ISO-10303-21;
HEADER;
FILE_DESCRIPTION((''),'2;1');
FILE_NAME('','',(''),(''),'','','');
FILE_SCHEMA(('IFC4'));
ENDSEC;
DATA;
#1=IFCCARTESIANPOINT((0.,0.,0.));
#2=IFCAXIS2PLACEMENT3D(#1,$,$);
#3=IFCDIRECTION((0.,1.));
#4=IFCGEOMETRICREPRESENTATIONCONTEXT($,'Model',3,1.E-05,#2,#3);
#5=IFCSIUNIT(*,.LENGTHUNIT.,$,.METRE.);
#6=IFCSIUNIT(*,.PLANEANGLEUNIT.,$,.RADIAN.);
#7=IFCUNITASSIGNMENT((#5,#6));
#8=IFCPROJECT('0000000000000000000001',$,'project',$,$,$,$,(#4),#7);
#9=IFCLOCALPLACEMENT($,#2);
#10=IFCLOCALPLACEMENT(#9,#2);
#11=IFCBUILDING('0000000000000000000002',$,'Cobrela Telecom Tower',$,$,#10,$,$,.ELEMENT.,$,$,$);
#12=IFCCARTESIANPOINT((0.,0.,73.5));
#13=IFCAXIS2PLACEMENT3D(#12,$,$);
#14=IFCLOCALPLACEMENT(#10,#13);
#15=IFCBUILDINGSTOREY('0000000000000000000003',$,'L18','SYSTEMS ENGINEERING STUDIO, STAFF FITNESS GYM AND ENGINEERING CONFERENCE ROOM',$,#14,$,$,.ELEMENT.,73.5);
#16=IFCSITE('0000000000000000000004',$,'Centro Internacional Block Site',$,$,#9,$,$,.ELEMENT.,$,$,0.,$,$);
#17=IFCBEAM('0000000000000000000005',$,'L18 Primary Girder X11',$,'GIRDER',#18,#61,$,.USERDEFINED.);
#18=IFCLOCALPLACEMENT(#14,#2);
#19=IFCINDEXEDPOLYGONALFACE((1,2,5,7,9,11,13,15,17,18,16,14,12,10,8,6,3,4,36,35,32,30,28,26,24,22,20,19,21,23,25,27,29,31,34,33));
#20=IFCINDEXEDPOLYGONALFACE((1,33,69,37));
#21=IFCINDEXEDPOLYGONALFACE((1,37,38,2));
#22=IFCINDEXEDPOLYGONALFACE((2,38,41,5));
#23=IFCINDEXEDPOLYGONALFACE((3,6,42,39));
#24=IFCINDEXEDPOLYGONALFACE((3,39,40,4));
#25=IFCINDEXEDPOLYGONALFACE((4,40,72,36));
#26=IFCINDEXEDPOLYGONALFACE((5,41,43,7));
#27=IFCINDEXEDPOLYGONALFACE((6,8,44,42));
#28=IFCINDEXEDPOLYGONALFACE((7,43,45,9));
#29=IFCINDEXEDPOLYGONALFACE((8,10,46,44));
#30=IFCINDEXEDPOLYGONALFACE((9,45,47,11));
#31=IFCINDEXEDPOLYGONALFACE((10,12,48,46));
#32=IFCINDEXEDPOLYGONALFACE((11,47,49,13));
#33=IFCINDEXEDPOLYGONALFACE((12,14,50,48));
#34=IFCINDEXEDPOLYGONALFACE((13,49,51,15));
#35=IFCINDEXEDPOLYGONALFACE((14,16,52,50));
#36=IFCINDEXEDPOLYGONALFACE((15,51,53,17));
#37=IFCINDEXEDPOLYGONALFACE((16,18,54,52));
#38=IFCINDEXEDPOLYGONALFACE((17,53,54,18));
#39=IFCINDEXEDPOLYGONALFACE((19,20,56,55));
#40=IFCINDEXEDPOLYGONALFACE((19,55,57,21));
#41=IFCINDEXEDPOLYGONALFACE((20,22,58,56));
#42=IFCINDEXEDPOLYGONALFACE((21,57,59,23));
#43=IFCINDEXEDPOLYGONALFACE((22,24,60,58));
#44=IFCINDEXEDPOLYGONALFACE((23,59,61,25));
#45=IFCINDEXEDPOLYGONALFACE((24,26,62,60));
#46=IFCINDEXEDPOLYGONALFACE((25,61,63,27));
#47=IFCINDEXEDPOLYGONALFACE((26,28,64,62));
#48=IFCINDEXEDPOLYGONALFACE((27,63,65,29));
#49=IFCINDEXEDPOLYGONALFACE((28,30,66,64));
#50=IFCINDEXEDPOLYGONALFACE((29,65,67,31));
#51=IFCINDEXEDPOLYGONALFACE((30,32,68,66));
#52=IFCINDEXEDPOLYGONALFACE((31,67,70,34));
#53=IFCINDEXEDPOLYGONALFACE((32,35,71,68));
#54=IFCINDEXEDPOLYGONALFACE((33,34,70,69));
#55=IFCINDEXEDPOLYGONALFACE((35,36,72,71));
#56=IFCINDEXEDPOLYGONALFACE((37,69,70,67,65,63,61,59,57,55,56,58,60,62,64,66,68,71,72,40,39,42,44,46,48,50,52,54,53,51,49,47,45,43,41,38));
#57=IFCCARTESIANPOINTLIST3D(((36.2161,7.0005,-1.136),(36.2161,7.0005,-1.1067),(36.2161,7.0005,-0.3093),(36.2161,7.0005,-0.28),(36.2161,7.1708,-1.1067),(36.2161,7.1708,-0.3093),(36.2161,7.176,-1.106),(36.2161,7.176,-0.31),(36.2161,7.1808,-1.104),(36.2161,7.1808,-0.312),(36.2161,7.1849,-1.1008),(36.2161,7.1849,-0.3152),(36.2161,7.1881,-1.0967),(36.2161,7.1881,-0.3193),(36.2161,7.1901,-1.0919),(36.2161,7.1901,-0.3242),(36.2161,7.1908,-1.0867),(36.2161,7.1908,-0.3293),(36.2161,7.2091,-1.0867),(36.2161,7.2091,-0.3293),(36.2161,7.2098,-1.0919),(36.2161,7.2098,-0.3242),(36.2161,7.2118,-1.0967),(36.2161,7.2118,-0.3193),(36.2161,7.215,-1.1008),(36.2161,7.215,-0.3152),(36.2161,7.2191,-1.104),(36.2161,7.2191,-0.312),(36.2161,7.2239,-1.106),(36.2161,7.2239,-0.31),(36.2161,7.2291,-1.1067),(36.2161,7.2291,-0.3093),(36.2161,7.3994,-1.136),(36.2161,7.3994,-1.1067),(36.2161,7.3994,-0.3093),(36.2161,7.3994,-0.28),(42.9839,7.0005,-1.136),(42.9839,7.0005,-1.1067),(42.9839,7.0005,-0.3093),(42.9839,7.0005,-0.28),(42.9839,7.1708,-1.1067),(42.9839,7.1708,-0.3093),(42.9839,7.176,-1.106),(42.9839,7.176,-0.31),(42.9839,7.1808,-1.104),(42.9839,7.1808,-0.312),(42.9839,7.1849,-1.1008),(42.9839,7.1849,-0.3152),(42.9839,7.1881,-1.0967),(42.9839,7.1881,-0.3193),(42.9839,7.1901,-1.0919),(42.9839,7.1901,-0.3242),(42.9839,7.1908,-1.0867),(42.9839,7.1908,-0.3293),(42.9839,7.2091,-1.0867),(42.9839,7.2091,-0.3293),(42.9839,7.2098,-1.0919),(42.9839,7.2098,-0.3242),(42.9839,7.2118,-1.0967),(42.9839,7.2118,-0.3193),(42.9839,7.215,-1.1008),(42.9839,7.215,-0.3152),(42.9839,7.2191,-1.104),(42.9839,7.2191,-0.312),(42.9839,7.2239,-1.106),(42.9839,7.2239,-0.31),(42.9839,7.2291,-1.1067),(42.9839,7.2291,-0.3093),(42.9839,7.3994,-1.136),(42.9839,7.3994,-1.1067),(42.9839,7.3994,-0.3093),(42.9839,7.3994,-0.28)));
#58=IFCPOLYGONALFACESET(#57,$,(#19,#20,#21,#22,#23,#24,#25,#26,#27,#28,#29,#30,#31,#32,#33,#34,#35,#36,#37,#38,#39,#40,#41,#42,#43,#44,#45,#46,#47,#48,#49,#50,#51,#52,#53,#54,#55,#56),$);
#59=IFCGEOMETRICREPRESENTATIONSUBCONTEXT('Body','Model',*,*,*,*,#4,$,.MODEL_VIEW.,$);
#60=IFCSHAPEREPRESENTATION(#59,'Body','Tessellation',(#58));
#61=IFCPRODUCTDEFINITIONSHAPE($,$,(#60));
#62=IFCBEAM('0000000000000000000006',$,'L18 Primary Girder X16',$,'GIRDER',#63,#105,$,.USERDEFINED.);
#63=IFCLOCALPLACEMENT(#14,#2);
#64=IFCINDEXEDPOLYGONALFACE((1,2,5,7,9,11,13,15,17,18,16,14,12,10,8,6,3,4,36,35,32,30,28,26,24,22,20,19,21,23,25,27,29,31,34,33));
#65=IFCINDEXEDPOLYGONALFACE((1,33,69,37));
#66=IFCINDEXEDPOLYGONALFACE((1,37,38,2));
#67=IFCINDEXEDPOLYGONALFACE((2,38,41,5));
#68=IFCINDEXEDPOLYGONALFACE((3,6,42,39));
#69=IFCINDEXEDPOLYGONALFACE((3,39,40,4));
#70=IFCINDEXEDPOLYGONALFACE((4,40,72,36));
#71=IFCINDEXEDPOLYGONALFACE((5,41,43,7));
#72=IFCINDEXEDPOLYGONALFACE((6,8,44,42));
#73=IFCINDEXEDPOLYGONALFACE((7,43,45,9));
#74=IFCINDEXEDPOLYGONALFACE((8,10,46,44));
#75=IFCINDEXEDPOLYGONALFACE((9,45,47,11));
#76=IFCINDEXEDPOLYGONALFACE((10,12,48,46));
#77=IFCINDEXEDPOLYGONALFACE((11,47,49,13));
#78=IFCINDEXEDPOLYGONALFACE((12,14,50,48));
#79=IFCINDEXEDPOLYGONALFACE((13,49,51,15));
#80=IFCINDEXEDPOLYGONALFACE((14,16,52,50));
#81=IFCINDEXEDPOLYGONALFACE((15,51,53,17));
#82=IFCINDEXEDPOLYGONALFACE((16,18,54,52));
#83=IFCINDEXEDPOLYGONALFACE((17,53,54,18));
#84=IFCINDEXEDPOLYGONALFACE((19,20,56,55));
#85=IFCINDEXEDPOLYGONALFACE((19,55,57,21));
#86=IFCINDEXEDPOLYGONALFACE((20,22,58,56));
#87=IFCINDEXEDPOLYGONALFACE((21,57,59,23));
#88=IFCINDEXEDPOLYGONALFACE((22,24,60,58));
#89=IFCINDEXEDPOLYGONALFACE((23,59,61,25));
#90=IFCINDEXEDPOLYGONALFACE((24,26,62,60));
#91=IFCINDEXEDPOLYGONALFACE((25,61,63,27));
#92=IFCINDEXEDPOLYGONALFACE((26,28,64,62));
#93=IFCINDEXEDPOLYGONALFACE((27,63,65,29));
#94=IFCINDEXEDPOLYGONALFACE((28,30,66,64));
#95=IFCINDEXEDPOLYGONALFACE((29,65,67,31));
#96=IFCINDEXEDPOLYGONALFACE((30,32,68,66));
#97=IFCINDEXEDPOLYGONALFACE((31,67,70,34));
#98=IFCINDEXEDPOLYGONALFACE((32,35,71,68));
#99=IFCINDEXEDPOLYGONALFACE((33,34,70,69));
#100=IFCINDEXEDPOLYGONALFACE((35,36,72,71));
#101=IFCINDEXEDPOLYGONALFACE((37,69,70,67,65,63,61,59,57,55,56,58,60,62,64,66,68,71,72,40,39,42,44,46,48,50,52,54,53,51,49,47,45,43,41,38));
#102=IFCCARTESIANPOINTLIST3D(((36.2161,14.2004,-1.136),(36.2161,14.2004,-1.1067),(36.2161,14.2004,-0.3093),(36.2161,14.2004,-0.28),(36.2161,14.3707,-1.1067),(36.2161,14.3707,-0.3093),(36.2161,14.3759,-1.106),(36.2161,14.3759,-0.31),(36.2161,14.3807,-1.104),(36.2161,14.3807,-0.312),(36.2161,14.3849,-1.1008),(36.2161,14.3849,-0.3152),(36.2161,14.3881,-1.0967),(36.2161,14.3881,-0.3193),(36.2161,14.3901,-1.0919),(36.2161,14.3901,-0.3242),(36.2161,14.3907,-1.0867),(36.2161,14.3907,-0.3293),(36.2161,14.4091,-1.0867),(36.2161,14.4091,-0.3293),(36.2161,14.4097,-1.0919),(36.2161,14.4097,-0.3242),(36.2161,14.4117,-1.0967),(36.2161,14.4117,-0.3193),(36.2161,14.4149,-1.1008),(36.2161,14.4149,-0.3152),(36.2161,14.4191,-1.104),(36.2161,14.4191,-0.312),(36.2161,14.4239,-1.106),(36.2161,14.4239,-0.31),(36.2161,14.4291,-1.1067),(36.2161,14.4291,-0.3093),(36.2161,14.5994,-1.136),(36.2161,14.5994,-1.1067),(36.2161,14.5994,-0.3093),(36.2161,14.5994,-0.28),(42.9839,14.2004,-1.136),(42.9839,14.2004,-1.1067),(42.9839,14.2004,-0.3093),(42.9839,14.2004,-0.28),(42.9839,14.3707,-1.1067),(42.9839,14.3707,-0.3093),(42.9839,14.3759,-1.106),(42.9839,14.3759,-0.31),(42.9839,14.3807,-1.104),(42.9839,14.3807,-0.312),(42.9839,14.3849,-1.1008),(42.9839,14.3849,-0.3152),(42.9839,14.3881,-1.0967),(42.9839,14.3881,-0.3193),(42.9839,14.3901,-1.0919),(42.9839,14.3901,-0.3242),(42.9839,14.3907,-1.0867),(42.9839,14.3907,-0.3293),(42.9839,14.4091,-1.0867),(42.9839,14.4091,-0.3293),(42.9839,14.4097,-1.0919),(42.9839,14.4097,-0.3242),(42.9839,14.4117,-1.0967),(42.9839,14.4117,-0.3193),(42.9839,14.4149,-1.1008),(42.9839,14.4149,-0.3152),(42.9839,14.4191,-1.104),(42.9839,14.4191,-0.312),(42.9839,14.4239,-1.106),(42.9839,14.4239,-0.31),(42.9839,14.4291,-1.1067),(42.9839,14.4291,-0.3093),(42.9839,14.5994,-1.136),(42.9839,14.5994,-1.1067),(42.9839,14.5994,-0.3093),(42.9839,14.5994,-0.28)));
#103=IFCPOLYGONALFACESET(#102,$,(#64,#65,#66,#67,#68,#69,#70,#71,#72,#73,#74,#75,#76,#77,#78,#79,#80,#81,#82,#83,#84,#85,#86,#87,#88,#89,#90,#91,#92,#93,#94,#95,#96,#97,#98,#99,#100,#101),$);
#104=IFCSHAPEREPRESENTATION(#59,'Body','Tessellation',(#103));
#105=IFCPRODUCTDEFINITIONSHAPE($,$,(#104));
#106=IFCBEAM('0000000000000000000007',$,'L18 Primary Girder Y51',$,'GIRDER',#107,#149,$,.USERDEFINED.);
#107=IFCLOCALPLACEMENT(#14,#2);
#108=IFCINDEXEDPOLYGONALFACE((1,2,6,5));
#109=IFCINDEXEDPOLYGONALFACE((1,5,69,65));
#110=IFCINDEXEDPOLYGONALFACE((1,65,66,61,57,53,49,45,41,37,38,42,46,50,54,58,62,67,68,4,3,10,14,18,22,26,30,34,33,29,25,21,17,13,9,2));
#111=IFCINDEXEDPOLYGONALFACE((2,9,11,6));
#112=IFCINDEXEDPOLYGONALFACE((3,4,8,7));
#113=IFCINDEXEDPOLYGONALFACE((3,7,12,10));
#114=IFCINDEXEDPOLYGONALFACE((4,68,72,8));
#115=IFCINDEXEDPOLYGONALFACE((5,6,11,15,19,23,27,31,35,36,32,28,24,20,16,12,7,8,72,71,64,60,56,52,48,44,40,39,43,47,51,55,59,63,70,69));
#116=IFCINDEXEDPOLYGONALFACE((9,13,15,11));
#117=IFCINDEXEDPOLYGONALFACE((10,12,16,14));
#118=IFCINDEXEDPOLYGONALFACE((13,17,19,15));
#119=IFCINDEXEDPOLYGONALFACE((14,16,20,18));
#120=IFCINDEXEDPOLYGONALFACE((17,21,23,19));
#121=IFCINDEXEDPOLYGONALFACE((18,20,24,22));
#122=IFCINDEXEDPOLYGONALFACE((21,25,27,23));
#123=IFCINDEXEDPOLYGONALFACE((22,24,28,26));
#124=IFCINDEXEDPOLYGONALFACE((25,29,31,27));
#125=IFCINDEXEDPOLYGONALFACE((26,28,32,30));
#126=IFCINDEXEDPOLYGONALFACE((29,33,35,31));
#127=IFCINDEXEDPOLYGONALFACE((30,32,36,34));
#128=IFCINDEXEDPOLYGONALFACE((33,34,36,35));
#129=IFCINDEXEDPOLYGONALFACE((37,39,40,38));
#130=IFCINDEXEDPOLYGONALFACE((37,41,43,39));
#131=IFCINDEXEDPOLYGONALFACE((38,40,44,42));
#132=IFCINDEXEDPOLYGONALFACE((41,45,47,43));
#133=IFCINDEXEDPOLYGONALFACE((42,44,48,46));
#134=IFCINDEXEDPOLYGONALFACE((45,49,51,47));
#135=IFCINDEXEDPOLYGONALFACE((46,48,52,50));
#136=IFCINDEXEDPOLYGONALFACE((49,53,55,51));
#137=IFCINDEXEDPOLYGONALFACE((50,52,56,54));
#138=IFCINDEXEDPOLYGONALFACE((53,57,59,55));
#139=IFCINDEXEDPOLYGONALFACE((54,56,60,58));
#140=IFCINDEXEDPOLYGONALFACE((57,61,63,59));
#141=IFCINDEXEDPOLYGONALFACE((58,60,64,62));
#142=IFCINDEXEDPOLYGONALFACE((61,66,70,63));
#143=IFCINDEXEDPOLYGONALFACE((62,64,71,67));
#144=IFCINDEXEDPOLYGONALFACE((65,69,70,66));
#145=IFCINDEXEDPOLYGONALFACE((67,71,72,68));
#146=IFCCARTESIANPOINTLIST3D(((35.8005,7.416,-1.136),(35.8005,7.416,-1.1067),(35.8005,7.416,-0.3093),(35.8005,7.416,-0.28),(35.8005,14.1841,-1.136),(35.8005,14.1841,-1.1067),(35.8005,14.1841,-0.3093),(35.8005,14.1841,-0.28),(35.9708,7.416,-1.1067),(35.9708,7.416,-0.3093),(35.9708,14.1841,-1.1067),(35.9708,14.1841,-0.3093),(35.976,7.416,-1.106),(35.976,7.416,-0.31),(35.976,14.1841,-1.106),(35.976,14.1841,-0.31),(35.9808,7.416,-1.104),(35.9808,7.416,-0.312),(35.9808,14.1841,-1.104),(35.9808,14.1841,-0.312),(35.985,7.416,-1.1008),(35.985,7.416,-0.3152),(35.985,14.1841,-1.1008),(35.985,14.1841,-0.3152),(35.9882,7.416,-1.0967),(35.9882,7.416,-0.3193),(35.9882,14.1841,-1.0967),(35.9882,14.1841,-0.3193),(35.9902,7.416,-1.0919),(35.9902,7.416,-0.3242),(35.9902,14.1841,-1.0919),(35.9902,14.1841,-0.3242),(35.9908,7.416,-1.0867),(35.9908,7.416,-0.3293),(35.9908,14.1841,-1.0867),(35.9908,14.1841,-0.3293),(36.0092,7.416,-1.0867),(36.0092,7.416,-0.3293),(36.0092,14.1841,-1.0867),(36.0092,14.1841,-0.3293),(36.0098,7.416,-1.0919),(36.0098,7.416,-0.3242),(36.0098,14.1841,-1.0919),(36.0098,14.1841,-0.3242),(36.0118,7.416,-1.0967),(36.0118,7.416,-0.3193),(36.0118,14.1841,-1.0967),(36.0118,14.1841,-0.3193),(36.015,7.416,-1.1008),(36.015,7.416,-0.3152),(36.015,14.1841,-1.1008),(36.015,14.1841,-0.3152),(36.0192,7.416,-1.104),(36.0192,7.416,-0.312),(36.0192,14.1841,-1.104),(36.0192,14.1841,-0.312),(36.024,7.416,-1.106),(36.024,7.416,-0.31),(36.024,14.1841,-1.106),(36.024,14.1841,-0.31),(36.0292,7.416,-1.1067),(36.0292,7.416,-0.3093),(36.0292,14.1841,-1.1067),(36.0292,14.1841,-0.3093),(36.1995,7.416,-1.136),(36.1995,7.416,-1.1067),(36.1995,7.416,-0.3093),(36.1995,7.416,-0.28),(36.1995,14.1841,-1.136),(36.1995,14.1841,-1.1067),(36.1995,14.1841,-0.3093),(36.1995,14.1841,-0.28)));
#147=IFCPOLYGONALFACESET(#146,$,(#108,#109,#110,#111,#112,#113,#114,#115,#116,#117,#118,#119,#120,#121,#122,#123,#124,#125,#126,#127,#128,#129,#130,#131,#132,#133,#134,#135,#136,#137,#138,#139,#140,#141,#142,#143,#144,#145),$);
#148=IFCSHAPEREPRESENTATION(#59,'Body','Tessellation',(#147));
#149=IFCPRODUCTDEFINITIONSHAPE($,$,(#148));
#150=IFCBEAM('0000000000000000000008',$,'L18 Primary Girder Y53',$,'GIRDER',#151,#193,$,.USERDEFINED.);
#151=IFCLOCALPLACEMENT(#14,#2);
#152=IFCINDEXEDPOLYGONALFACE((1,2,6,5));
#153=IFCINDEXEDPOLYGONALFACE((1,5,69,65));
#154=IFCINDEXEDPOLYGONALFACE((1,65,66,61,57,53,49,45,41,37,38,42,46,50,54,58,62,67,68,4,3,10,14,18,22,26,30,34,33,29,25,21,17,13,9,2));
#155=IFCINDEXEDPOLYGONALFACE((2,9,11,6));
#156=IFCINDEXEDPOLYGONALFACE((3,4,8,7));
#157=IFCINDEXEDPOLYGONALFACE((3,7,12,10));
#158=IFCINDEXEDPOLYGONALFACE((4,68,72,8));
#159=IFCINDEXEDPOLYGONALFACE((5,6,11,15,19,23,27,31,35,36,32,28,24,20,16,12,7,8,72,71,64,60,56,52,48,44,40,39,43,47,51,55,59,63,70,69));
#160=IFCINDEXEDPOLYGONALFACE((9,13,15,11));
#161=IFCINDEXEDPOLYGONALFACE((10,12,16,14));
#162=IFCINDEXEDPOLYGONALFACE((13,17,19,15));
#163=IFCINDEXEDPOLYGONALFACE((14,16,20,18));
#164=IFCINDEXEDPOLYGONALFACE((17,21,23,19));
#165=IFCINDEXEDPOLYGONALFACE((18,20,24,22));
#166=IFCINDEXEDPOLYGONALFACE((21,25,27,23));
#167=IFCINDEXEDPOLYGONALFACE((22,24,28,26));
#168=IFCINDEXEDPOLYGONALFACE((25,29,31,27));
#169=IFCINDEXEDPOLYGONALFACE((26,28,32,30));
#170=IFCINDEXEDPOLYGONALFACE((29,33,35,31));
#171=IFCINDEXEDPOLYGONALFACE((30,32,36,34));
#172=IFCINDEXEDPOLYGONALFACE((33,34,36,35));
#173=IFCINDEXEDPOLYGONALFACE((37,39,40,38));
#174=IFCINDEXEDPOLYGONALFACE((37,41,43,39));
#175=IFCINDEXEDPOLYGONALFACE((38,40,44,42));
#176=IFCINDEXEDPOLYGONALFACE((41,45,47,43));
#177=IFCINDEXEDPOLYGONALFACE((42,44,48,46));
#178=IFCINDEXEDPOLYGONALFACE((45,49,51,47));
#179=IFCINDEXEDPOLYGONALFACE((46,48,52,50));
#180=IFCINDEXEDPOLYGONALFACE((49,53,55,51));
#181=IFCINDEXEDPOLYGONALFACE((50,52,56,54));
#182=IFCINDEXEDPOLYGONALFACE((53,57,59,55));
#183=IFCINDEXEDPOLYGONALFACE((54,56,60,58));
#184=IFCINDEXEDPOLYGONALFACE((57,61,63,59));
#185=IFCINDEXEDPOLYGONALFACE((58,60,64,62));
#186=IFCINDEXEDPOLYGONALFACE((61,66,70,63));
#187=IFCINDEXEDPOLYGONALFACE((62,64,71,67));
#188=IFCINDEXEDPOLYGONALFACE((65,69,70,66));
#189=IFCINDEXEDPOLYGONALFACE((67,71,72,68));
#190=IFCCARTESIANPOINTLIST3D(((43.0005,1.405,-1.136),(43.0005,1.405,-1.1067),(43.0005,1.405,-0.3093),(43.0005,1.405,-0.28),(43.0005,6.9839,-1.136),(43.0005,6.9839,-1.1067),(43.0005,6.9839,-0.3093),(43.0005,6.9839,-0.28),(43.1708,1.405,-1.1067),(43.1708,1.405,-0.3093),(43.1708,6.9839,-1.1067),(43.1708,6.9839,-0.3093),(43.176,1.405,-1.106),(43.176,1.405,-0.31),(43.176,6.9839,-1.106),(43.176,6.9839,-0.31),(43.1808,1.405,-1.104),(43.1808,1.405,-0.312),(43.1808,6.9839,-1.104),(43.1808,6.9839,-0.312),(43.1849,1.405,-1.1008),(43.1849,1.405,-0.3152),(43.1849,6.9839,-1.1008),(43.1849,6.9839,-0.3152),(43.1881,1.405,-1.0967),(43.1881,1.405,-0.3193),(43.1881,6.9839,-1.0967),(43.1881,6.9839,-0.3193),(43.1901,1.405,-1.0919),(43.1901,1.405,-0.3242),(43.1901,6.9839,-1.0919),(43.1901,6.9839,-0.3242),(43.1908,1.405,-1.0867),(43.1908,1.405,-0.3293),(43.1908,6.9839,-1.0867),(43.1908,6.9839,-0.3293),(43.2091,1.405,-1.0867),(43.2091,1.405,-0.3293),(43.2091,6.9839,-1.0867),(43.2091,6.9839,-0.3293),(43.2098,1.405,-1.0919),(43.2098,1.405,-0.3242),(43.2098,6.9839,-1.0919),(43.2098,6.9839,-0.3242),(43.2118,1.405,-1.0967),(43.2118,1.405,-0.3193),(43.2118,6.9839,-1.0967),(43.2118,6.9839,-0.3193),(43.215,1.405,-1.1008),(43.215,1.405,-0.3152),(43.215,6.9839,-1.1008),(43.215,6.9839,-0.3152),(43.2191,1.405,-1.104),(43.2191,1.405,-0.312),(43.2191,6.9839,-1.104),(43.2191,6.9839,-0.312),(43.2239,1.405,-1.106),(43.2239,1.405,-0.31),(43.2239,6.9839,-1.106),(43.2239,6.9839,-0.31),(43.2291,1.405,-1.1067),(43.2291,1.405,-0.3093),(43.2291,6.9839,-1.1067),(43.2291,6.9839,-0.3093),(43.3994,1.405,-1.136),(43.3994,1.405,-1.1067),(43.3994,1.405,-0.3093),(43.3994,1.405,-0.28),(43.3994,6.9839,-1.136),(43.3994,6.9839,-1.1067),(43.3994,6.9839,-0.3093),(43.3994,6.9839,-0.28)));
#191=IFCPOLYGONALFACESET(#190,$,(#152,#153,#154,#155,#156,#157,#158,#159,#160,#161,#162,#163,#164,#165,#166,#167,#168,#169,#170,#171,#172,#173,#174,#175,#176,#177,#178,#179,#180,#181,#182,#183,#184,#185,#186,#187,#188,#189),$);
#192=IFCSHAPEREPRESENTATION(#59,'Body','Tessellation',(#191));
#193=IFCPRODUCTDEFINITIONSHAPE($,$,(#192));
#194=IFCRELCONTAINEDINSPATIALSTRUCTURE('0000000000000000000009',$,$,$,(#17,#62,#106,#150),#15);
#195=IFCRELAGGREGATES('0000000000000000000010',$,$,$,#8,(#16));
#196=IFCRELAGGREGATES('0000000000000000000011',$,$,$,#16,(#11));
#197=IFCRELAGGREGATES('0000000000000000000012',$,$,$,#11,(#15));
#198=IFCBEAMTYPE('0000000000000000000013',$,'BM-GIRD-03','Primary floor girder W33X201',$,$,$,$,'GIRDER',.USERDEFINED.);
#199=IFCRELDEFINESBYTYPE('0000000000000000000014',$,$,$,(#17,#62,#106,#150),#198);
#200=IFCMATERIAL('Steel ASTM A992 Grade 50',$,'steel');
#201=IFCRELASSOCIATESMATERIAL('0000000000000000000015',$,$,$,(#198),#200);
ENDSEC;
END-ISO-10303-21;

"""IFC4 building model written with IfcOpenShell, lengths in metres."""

from ifc_helpers import new_model, si_unit, direction, frame, origin, origin_2d, place, context, subcontext, project, spatial, i_section, extrude, material, material_profile, profile_set, type_object, element, save


model = new_model("IFC4")

# Units and contexts
model_context = context("Model", 3, precision=1e-05, world=origin(), true_north=direction((0.0, 1.0)))
body_context = subcontext(model_context, "Body", "Model", "MODEL_VIEW")
ifc_project = project(units=[si_unit("LENGTHUNIT", "METRE"), si_unit("PLANEANGLEUNIT", "RADIAN")], contexts=[model_context])

# Site, building, storey
site_placement = place(None, origin())
site = spatial("IfcSite", under=ifc_project, at=site_placement, Name="Centro Internacional Block Site", CompositionType="ELEMENT", RefElevation=0.0)
building_placement = place(site_placement, origin())
building = spatial("IfcBuilding", under=site, at=building_placement, Name="Cobrela Telecom Tower", CompositionType="ELEMENT")
storey_placement = place(building_placement, frame((0.0, 0.0, 73.5)))
storey = spatial("IfcBuildingStorey", under=building, at=storey_placement, Name="L18", Description="SYSTEMS ENGINEERING STUDIO, STAFF FITNESS GYM AND ENGINEERING CONFERENCE ROOM", CompositionType="ELEMENT", Elevation=73.5)

# Shared definitions
ifc_material_1 = material(Name="Steel ASTM A992 Grade 50", Category="steel")

# Beams
ifc_material_profile_1 = material_profile(ifc_material_1, i_section(OverallWidth=0.3989, OverallDepth=0.856, WebThickness=0.0183, FlangeThickness=0.0293, FilletRadius=0.02, at=origin_2d()), Name="W33X201")
ifc_profile_set_1 = profile_set([ifc_material_profile_1], Name="Steel ASTM A992 Grade 50")
beam_type_1 = type_object("IfcBeamType", Name="BM-GIRD-03", Description="Primary floor girder W33X201", ElementType="GIRDER", PredefinedType="USERDEFINED", material=ifc_profile_set_1)
for number, where, z_axis, x_axis, name in (
    (1, (36.2161, 7.2, -0.708), (1.0, 0.0, 0.0), (0.0, 1.0, 0.0), "L18 Primary Girder X11"),
    (2, (36.2161, 14.3999, -0.708), (1.0, 0.0, 0.0), (0.0, 1.0, 0.0), "L18 Primary Girder X16"),
):
    element("IfcBeam", number, at=place(storey_placement, frame(where, z_axis=z_axis, x_axis=x_axis)), inside=storey, type_object=beam_type_1, Name=name, ObjectType="GIRDER", PredefinedType="USERDEFINED", context=body_context, shape_type="SweptSolid", body=[
        extrude(i_section(OverallWidth=0.3989, OverallDepth=0.856, WebThickness=0.0183, FlangeThickness=0.0293, FilletRadius=0.02, at=origin_2d()), origin(), (0.0, 0.0, 1.0), 6.7678),
    ])
beam_1_placement = place(storey_placement, frame((36.0, 7.416, -0.708), z_axis=(0.0, 1.0, 0.0), x_axis=(-1.0, 0.0, 0.0)))
element("IfcBeam", 3, at=beam_1_placement, inside=storey, type_object=beam_type_1, Name="L18 Primary Girder Y51", ObjectType="GIRDER", PredefinedType="USERDEFINED", context=body_context, shape_type="SweptSolid", body=[
    extrude(i_section(OverallWidth=0.3989, OverallDepth=0.856, WebThickness=0.0183, FlangeThickness=0.0293, FilletRadius=0.02, at=origin_2d()), origin(), (0.0, 0.0, 1.0), 6.7681),
])
beam_2_placement = place(storey_placement, frame((43.2, 1.405, -0.708), z_axis=(0.0, 1.0, 0.0), x_axis=(-1.0, 0.0, 0.0)))
element("IfcBeam", 4, at=beam_2_placement, inside=storey, type_object=beam_type_1, Name="L18 Primary Girder Y53", ObjectType="GIRDER", PredefinedType="USERDEFINED", context=body_context, shape_type="SweptSolid", body=[
    extrude(i_section(OverallWidth=0.3989, OverallDepth=0.856, WebThickness=0.0183, FlangeThickness=0.0293, FilletRadius=0.02, at=origin_2d()), origin(), (0.0, 0.0, 1.0), 5.5789),
])

save(model, "model.ifc")
